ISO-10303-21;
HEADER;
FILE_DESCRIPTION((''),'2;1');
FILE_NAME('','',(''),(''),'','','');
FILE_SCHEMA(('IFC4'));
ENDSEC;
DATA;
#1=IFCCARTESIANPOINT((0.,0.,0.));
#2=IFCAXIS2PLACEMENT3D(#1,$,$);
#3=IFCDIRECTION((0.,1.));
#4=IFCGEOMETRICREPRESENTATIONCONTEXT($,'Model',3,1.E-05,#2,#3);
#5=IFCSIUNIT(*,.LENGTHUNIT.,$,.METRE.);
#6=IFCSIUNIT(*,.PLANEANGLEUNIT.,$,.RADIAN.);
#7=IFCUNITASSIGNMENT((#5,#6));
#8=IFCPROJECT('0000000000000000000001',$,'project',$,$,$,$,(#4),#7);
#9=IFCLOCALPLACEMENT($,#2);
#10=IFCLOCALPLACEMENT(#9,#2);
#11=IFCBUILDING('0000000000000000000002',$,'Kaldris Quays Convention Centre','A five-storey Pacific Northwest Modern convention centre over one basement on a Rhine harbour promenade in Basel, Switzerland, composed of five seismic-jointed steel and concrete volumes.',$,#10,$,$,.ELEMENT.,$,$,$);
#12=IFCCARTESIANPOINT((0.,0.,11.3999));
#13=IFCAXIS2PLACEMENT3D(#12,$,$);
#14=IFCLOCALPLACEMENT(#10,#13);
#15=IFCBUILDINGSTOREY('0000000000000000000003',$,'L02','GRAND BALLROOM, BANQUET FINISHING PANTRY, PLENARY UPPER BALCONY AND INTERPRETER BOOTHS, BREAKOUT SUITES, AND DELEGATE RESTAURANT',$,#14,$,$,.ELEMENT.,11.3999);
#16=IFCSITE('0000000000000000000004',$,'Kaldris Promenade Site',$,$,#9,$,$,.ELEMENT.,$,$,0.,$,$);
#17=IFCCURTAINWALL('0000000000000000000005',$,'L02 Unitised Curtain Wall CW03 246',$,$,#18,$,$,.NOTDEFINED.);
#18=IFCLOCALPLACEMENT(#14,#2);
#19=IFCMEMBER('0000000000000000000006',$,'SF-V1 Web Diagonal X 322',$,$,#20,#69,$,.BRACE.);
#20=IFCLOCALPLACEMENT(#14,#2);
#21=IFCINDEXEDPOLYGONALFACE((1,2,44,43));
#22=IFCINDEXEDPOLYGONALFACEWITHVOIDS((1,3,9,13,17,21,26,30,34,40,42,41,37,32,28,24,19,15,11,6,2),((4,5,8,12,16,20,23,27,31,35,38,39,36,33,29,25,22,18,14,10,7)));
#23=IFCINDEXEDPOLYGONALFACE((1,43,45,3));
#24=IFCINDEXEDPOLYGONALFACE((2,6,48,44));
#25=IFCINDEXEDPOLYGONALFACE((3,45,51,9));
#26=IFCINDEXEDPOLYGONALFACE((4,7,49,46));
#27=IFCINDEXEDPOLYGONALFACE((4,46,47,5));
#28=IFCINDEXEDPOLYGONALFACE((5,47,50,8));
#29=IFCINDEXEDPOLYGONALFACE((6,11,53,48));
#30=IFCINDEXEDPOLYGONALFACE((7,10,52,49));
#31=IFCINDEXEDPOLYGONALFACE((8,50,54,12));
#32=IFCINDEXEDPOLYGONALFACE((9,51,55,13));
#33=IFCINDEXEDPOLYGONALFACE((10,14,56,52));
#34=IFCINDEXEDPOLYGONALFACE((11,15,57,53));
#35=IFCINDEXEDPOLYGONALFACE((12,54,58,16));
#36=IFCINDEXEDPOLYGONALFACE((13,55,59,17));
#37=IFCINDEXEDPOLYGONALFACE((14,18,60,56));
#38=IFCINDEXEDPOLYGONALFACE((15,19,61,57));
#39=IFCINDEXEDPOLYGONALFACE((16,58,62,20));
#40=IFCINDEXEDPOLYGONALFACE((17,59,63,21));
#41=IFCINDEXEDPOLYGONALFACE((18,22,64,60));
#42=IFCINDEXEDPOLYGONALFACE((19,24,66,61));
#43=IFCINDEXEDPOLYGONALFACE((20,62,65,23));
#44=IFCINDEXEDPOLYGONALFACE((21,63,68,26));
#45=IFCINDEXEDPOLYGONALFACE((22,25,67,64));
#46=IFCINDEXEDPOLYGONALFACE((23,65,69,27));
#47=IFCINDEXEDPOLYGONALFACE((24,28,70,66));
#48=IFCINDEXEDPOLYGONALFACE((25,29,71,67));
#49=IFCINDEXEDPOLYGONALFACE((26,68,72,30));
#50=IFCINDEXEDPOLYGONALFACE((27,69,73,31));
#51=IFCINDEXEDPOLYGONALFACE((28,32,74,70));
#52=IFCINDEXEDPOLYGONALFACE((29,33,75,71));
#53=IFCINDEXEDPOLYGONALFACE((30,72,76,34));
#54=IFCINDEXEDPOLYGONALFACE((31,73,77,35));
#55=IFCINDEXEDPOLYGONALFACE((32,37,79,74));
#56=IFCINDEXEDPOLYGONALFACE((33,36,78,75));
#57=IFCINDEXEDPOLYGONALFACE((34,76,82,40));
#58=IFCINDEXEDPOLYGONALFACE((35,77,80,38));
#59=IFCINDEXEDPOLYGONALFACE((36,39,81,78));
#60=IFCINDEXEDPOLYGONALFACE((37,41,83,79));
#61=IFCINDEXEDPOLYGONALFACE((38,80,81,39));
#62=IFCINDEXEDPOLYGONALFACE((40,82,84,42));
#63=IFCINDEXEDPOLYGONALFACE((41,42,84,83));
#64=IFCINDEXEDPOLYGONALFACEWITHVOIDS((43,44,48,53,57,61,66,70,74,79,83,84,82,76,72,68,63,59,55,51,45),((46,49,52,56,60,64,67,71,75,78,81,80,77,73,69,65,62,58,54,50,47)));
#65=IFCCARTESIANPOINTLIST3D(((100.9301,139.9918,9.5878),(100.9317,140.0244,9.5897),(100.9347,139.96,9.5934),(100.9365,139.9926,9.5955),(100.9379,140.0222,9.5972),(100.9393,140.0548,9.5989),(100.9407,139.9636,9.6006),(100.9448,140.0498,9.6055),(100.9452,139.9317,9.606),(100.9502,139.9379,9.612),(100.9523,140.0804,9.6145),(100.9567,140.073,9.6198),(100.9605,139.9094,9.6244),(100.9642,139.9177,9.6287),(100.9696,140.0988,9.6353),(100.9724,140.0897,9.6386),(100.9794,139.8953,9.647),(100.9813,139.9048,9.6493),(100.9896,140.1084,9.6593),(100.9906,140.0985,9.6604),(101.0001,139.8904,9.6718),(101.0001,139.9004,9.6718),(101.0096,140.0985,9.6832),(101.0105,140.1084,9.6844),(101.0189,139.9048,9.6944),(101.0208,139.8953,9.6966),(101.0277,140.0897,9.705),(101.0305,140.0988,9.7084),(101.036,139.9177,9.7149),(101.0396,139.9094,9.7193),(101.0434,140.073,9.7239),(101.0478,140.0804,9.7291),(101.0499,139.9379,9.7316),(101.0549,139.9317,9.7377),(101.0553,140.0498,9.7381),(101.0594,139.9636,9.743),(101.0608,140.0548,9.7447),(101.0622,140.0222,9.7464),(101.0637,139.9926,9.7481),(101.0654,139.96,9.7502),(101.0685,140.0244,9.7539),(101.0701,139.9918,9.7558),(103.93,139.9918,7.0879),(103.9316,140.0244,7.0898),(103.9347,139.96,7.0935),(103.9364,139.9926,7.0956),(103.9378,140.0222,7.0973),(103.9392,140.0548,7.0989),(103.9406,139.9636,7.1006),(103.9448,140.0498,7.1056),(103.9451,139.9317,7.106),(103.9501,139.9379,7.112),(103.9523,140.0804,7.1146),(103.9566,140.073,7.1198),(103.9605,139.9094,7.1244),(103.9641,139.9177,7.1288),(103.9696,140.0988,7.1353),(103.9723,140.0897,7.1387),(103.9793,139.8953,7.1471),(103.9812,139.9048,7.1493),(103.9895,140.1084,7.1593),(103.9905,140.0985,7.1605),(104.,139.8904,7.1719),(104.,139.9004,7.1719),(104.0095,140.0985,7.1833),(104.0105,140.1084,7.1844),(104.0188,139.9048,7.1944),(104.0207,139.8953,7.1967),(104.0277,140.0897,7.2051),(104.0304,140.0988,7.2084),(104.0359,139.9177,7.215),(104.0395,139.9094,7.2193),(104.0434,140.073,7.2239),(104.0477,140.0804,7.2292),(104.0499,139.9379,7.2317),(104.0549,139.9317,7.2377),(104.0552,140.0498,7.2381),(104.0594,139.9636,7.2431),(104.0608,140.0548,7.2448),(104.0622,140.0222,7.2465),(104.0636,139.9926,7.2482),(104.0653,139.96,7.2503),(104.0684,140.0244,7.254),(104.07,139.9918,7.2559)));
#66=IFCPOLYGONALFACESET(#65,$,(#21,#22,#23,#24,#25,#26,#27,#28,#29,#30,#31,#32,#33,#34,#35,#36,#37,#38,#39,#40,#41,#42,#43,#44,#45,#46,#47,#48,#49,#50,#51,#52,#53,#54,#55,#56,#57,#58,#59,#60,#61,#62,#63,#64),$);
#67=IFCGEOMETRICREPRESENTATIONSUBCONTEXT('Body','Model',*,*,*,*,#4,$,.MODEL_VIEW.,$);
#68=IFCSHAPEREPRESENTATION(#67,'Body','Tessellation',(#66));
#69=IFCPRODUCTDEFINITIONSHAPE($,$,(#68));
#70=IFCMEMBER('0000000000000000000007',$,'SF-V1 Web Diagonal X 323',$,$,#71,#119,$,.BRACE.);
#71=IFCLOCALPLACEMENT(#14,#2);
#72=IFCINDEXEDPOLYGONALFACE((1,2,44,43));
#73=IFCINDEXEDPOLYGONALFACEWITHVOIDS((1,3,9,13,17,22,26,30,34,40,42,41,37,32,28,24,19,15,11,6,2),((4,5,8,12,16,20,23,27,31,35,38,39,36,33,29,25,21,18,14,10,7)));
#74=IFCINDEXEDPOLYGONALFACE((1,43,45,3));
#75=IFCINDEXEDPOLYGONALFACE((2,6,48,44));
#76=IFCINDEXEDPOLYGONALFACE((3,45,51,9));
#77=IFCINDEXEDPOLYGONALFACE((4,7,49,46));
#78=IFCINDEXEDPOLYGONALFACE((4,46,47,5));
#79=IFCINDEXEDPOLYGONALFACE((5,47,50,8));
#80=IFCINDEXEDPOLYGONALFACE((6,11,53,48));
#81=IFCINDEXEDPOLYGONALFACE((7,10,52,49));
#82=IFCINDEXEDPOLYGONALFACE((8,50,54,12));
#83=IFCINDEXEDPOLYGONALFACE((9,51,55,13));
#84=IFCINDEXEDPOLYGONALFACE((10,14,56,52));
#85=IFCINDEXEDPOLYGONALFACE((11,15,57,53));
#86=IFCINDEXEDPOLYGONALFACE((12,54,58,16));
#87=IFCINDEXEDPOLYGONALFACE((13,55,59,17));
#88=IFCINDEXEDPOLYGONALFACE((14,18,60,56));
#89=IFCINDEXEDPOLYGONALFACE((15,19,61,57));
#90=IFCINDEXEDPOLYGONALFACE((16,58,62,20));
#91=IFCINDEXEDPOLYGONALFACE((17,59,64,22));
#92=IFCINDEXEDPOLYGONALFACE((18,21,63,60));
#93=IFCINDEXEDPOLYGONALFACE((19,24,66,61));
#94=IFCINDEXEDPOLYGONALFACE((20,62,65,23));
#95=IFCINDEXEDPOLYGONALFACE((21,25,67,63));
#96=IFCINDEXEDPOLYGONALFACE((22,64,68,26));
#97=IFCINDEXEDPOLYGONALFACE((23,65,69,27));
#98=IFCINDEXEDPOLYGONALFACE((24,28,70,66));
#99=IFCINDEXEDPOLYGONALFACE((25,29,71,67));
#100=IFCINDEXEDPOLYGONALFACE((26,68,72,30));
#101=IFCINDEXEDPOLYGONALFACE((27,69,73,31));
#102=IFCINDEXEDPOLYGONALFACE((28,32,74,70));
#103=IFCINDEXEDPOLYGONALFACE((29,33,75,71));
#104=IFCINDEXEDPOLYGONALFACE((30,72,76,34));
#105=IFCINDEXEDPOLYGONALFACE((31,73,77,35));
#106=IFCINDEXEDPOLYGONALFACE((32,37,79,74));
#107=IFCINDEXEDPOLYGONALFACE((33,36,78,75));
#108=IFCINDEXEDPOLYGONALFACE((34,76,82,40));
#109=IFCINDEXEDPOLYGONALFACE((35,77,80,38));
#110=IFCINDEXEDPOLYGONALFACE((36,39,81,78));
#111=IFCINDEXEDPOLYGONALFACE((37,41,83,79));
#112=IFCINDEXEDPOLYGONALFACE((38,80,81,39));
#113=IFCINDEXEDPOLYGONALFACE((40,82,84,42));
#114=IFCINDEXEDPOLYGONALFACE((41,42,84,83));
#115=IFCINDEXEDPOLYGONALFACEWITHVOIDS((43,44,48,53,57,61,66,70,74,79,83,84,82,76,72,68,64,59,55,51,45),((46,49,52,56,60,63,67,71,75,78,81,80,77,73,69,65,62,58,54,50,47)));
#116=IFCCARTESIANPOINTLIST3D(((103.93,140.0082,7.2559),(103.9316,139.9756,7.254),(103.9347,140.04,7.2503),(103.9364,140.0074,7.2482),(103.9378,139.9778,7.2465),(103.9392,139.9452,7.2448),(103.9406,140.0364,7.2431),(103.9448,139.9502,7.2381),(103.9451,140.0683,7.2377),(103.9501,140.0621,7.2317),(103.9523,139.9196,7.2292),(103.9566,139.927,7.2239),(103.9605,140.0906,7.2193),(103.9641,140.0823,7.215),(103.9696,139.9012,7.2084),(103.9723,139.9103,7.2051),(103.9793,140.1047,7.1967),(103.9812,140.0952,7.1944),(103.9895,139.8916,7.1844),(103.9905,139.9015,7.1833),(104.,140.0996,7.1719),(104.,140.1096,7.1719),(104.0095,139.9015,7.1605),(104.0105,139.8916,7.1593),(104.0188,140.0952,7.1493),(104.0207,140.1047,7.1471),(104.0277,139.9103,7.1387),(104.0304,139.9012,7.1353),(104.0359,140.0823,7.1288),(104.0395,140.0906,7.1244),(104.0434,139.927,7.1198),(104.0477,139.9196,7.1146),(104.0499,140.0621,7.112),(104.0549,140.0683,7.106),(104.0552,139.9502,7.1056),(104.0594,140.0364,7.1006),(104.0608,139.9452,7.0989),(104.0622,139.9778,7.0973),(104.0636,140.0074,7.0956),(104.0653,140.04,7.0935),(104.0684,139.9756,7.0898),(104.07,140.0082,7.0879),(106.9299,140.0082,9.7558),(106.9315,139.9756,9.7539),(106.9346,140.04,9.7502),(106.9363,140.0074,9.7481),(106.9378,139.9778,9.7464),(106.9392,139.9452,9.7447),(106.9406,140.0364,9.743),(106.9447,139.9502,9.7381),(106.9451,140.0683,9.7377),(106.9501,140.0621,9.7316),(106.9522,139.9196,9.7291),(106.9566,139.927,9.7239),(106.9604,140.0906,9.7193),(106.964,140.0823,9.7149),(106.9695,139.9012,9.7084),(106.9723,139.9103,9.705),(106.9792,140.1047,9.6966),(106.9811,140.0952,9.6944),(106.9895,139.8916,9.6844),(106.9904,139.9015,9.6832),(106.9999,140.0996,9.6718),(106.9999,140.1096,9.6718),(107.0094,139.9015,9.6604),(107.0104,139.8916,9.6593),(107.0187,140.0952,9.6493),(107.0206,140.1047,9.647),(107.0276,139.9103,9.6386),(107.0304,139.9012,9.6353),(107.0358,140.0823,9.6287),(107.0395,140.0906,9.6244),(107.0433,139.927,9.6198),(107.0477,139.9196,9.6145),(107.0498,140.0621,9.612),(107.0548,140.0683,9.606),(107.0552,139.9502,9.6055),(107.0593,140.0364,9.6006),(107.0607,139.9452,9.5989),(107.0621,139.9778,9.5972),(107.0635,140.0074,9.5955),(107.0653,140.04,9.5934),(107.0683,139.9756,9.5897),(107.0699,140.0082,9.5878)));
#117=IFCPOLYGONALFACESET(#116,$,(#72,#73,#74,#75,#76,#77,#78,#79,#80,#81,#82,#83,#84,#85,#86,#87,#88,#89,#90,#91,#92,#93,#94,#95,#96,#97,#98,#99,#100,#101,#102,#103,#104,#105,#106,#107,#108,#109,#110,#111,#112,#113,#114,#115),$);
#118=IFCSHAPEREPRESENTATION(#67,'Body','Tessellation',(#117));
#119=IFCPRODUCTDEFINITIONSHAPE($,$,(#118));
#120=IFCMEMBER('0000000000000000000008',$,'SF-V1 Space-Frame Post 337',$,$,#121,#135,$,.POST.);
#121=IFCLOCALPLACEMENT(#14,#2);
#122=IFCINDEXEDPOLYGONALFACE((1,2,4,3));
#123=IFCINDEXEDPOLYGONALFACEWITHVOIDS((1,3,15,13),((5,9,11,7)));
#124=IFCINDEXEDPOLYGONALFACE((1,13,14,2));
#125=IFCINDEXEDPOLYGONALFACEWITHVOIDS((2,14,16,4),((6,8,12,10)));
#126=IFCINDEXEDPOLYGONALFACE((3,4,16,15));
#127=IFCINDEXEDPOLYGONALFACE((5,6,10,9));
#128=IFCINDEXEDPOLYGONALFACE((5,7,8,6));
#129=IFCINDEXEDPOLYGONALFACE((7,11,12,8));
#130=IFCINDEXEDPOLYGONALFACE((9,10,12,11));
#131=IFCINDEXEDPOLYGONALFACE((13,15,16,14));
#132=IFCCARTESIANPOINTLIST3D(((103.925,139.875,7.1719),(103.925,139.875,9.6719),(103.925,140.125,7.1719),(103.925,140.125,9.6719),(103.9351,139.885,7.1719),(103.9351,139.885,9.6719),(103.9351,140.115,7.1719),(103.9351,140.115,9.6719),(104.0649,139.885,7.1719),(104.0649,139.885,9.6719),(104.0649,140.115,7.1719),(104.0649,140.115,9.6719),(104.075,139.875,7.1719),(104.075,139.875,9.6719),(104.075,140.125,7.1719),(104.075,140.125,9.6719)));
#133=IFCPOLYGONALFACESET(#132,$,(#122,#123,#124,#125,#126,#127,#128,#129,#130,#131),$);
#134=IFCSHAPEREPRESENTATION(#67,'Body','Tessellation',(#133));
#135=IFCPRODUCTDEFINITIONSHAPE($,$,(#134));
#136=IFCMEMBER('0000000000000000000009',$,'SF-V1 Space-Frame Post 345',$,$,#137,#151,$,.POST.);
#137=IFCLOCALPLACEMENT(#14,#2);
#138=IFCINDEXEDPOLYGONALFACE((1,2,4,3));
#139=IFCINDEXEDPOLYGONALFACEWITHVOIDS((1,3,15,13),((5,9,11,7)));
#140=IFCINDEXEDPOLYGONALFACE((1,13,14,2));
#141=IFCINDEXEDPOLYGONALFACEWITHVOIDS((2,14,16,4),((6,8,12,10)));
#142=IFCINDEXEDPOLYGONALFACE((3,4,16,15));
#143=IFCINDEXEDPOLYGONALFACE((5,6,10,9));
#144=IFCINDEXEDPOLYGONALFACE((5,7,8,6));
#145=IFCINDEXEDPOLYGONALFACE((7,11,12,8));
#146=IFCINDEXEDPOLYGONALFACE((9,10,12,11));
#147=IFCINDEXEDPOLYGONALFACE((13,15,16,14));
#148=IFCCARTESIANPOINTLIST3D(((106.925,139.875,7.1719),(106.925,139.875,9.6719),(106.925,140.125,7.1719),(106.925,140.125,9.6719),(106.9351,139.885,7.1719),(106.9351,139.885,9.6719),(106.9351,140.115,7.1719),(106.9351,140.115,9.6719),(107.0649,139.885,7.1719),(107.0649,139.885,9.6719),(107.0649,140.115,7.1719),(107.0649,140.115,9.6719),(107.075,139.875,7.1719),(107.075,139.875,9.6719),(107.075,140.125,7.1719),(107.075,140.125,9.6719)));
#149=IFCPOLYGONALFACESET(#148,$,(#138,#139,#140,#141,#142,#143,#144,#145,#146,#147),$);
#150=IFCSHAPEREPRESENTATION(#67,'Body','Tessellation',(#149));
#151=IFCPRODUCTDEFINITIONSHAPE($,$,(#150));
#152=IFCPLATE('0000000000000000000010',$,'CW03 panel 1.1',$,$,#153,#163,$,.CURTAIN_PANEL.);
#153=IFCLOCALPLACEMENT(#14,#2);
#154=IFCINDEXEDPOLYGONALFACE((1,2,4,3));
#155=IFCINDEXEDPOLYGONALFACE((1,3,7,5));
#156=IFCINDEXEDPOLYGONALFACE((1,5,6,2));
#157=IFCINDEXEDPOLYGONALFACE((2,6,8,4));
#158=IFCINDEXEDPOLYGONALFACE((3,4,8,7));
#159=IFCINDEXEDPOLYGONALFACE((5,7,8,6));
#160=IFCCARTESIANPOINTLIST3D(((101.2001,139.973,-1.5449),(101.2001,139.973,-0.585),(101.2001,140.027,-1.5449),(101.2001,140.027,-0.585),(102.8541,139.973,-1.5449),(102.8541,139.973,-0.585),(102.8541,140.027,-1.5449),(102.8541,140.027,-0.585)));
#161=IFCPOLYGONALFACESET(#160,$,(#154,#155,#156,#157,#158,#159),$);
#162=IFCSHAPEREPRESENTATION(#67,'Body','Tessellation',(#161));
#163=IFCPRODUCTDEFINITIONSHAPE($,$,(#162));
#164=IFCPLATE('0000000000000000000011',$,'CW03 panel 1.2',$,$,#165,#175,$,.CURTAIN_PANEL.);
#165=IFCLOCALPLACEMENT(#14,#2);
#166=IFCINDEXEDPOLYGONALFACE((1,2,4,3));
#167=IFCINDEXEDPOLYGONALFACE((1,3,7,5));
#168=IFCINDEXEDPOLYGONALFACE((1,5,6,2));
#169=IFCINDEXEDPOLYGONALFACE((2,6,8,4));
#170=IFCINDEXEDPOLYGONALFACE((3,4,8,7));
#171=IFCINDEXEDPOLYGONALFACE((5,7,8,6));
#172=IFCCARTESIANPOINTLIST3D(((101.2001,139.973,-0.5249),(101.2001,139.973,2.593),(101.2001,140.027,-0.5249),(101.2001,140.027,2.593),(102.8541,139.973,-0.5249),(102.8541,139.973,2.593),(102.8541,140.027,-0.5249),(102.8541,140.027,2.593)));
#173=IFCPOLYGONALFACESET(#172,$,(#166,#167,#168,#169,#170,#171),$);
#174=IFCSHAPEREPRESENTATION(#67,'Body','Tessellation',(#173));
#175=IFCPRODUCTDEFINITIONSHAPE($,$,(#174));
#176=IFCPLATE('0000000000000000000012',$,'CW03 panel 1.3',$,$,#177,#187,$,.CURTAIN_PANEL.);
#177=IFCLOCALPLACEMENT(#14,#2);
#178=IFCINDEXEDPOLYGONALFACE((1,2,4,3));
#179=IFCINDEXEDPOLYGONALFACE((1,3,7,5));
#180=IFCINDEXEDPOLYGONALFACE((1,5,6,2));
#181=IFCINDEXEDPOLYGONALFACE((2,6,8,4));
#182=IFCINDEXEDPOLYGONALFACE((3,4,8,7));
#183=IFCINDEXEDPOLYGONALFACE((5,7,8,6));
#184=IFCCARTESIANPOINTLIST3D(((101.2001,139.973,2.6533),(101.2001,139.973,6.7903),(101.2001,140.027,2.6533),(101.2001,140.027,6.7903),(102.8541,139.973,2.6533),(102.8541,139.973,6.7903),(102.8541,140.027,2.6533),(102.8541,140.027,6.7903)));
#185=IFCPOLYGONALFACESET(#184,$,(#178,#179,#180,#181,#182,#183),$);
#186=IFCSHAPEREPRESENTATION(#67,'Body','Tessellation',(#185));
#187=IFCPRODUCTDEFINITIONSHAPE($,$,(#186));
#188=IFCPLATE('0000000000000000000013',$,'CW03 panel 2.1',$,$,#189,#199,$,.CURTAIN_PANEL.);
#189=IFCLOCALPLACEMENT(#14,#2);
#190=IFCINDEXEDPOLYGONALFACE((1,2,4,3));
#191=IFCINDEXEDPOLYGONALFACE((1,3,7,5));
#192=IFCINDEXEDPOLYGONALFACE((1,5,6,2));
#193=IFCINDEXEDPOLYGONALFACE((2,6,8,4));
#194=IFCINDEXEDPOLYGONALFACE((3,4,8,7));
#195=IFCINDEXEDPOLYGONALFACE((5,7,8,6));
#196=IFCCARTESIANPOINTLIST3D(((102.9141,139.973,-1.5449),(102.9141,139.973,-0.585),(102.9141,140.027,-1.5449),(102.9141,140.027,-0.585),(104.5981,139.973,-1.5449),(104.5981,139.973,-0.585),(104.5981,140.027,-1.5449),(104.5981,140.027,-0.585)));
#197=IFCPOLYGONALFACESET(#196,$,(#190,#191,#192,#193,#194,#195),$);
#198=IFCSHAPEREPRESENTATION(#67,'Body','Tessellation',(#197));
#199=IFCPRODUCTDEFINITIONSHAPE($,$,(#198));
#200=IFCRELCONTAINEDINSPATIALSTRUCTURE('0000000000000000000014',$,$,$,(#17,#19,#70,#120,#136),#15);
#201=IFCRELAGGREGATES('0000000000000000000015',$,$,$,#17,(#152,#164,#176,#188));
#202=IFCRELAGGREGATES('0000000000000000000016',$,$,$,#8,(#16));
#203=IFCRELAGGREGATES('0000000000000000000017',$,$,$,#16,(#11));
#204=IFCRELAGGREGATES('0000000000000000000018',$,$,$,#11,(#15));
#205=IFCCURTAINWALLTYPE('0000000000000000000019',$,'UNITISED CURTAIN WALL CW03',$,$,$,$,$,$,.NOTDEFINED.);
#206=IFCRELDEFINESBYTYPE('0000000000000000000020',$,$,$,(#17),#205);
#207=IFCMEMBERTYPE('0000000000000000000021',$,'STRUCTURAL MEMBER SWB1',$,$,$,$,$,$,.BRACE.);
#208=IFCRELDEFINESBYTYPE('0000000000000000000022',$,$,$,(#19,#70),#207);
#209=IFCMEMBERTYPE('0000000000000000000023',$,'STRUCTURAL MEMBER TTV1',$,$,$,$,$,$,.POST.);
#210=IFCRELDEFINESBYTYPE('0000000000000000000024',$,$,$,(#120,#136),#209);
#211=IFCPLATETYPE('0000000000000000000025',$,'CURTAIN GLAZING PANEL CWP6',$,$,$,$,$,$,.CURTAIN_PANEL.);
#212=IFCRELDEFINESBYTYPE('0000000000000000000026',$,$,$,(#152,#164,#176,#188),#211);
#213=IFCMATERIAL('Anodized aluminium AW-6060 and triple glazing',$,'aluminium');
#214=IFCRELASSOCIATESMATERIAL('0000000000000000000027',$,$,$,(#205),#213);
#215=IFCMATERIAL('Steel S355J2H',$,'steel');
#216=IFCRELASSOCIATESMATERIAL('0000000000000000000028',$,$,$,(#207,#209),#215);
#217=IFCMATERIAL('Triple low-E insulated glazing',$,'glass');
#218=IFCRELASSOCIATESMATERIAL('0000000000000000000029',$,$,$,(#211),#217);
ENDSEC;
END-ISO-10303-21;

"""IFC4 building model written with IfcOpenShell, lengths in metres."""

from ifc_helpers import new_model, si_unit, direction, frame, origin, origin_2d, place, context, subcontext, project, spatial, rectangle, hollow_rectangle, hollow_circle, extrude, material, material_profile, profile_set, type_object, element, aggregate, save


model = new_model("IFC4")

# Units and contexts
model_context = context("Model", 3, precision=1e-05, world=origin(), true_north=direction((0.0, 1.0)))
body_context = subcontext(model_context, "Body", "Model", "MODEL_VIEW")
ifc_project = project(units=[si_unit("LENGTHUNIT", "METRE"), si_unit("PLANEANGLEUNIT", "RADIAN")], contexts=[model_context])

# Site, building, storey
site_placement = place(None, origin())
site = spatial("IfcSite", under=ifc_project, at=site_placement, Name="Kaldris Promenade Site", CompositionType="ELEMENT", RefElevation=0.0)
building_placement = place(site_placement, origin())
building = spatial("IfcBuilding", under=site, at=building_placement, Name="Kaldris Quays Convention Centre", Description="A five-storey Pacific Northwest Modern convention centre over one basement on a Rhine harbour promenade in Basel, Switzerland, composed of five seismic-jointed steel and concrete volumes.", CompositionType="ELEMENT")
storey_placement = place(building_placement, frame((0.0, 0.0, 11.3999)))
storey = spatial("IfcBuildingStorey", under=building, at=storey_placement, Name="L02", Description="GRAND BALLROOM, BANQUET FINISHING PANTRY, PLENARY UPPER BALCONY AND INTERPRETER BOOTHS, BREAKOUT SUITES, AND DELEGATE RESTAURANT", CompositionType="ELEMENT", Elevation=11.3999)

# Curtain wall
ifc_material_1 = material(Name="Anodized aluminium AW-6060 and triple glazing", Category="aluminium")
curtain_wall_type = type_object("IfcCurtainWallType", Name="UNITISED CURTAIN WALL CW03", PredefinedType="NOTDEFINED", material=ifc_material_1)
curtain_wall_placement = place(storey_placement, origin())
curtain_wall = element("IfcCurtainWall", 1, at=curtain_wall_placement, inside=storey, type_object=curtain_wall_type, Name="L02 Unitised Curtain Wall CW03 246", PredefinedType="NOTDEFINED")

# Members
ifc_material_2 = material(Name="Steel S355J2H", Category="steel")
ifc_material_profile_1 = material_profile(ifc_material_2, hollow_circle(Radius=0.1096, WallThickness=0.01, at=origin_2d()), Name="CHS 219.1x10")
ifc_profile_set_1 = profile_set([ifc_material_profile_1], Name="Steel S355J2H")
member_type_1 = type_object("IfcMemberType", Name="STRUCTURAL MEMBER SWB1", PredefinedType="BRACE", material=ifc_profile_set_1)
for number, where, z_axis, x_axis, name in (
    (2, (104.0, 140.0, 7.1719), (-0.768221, 0.0, 0.640184), (0.0, -1.0, 0.0), "SF-V1 Web Diagonal X 322"),
    (3, (104.0, 140.0, 7.1719), (0.768221, 0.0, 0.640184), (0.0, 1.0, 0.0), "SF-V1 Web Diagonal X 323"),
):
    element("IfcMember", number, at=place(storey_placement, frame(where, z_axis=z_axis, x_axis=x_axis)), inside=storey, type_object=member_type_1, Name=name, PredefinedType="BRACE", context=body_context, shape_type="SweptSolid", body=[
        extrude(hollow_circle(Radius=0.1096, WallThickness=0.01, at=origin_2d()), origin(), (0.0, 0.0, 1.0), 3.905),
    ])
ifc_material_profile_2 = material_profile(ifc_material_2, hollow_rectangle(XDim=0.1499, YDim=0.25, WallThickness=0.01, at=origin_2d()), Name="RHS 250x150x10")
ifc_profile_set_2 = profile_set([ifc_material_profile_2], Name="Steel S355J2H")
member_type_2 = type_object("IfcMemberType", Name="STRUCTURAL MEMBER TTV1", PredefinedType="POST", material=ifc_profile_set_2)
for number, where, z_axis, x_axis, name in (
    (4, (104.0, 140.0, 7.1719), (0.0, 0.0, 1.0), (1.0, 0.0, 0.0), "SF-V1 Space-Frame Post 337"),
    (5, (107.0, 140.0, 7.1719), (0.0, 0.0, 1.0), (1.0, 0.0, 0.0), "SF-V1 Space-Frame Post 345"),
):
    element("IfcMember", number, at=place(storey_placement, frame(where, z_axis=z_axis, x_axis=x_axis)), inside=storey, type_object=member_type_2, Name=name, PredefinedType="POST", context=body_context, shape_type="SweptSolid", body=[
        extrude(hollow_rectangle(XDim=0.1499, YDim=0.25, WallThickness=0.01, at=origin_2d()), origin(), (0.0, 0.0, 1.0), 2.5),
    ])

# Plates
ifc_material_3 = material(Name="Triple low-E insulated glazing", Category="glass")
plate_type = type_object("IfcPlateType", Name="CURTAIN GLAZING PANEL CWP6", PredefinedType="CURTAIN_PANEL", material=ifc_material_3)
plate_1_placement = place(storey_placement, frame((102.0271, 140.0, -1.5449), z_axis=(0.0, 0.0, 1.0), x_axis=(1.0, 0.0, 0.0)))
plate_1 = element("IfcPlate", 6, at=plate_1_placement, type_object=plate_type, Name="CW03 panel 1.1", PredefinedType="CURTAIN_PANEL", context=body_context, shape_type="SweptSolid", body=[
    extrude(rectangle(XDim=1.6541, YDim=0.054, at=origin_2d()), origin(), (0.0, 0.0, 1.0), 0.96),
])
plate_2_placement = place(storey_placement, frame((102.0271, 140.0, -0.5249), z_axis=(0.0, 0.0, 1.0), x_axis=(1.0, 0.0, 0.0)))
plate_2 = element("IfcPlate", 7, at=plate_2_placement, type_object=plate_type, Name="CW03 panel 1.2", PredefinedType="CURTAIN_PANEL", context=body_context, shape_type="SweptSolid", body=[
    extrude(rectangle(XDim=1.6541, YDim=0.054, at=origin_2d()), origin(), (0.0, 0.0, 1.0), 3.1179),
])
plate_3_placement = place(storey_placement, frame((102.0271, 140.0, 2.6533), z_axis=(0.0, 0.0, 1.0), x_axis=(1.0, 0.0, 0.0)))
plate_3 = element("IfcPlate", 8, at=plate_3_placement, type_object=plate_type, Name="CW03 panel 1.3", PredefinedType="CURTAIN_PANEL", context=body_context, shape_type="SweptSolid", body=[
    extrude(rectangle(XDim=1.6541, YDim=0.054, at=origin_2d()), origin(), (0.0, 0.0, 1.0), 4.137),
])
plate_4_placement = place(storey_placement, frame((103.7561, 140.0, -1.5449), z_axis=(0.0, 0.0, 1.0), x_axis=(1.0, 0.0, 0.0)))
plate_4 = element("IfcPlate", 9, at=plate_4_placement, type_object=plate_type, Name="CW03 panel 2.1", PredefinedType="CURTAIN_PANEL", context=body_context, shape_type="SweptSolid", body=[
    extrude(rectangle(XDim=1.6841, YDim=0.054, at=origin_2d()), origin(), (0.0, 0.0, 1.0), 0.96),
])
aggregate(curtain_wall, [plate_1, plate_2, plate_3, plate_4])

save(model, "model.ifc")
